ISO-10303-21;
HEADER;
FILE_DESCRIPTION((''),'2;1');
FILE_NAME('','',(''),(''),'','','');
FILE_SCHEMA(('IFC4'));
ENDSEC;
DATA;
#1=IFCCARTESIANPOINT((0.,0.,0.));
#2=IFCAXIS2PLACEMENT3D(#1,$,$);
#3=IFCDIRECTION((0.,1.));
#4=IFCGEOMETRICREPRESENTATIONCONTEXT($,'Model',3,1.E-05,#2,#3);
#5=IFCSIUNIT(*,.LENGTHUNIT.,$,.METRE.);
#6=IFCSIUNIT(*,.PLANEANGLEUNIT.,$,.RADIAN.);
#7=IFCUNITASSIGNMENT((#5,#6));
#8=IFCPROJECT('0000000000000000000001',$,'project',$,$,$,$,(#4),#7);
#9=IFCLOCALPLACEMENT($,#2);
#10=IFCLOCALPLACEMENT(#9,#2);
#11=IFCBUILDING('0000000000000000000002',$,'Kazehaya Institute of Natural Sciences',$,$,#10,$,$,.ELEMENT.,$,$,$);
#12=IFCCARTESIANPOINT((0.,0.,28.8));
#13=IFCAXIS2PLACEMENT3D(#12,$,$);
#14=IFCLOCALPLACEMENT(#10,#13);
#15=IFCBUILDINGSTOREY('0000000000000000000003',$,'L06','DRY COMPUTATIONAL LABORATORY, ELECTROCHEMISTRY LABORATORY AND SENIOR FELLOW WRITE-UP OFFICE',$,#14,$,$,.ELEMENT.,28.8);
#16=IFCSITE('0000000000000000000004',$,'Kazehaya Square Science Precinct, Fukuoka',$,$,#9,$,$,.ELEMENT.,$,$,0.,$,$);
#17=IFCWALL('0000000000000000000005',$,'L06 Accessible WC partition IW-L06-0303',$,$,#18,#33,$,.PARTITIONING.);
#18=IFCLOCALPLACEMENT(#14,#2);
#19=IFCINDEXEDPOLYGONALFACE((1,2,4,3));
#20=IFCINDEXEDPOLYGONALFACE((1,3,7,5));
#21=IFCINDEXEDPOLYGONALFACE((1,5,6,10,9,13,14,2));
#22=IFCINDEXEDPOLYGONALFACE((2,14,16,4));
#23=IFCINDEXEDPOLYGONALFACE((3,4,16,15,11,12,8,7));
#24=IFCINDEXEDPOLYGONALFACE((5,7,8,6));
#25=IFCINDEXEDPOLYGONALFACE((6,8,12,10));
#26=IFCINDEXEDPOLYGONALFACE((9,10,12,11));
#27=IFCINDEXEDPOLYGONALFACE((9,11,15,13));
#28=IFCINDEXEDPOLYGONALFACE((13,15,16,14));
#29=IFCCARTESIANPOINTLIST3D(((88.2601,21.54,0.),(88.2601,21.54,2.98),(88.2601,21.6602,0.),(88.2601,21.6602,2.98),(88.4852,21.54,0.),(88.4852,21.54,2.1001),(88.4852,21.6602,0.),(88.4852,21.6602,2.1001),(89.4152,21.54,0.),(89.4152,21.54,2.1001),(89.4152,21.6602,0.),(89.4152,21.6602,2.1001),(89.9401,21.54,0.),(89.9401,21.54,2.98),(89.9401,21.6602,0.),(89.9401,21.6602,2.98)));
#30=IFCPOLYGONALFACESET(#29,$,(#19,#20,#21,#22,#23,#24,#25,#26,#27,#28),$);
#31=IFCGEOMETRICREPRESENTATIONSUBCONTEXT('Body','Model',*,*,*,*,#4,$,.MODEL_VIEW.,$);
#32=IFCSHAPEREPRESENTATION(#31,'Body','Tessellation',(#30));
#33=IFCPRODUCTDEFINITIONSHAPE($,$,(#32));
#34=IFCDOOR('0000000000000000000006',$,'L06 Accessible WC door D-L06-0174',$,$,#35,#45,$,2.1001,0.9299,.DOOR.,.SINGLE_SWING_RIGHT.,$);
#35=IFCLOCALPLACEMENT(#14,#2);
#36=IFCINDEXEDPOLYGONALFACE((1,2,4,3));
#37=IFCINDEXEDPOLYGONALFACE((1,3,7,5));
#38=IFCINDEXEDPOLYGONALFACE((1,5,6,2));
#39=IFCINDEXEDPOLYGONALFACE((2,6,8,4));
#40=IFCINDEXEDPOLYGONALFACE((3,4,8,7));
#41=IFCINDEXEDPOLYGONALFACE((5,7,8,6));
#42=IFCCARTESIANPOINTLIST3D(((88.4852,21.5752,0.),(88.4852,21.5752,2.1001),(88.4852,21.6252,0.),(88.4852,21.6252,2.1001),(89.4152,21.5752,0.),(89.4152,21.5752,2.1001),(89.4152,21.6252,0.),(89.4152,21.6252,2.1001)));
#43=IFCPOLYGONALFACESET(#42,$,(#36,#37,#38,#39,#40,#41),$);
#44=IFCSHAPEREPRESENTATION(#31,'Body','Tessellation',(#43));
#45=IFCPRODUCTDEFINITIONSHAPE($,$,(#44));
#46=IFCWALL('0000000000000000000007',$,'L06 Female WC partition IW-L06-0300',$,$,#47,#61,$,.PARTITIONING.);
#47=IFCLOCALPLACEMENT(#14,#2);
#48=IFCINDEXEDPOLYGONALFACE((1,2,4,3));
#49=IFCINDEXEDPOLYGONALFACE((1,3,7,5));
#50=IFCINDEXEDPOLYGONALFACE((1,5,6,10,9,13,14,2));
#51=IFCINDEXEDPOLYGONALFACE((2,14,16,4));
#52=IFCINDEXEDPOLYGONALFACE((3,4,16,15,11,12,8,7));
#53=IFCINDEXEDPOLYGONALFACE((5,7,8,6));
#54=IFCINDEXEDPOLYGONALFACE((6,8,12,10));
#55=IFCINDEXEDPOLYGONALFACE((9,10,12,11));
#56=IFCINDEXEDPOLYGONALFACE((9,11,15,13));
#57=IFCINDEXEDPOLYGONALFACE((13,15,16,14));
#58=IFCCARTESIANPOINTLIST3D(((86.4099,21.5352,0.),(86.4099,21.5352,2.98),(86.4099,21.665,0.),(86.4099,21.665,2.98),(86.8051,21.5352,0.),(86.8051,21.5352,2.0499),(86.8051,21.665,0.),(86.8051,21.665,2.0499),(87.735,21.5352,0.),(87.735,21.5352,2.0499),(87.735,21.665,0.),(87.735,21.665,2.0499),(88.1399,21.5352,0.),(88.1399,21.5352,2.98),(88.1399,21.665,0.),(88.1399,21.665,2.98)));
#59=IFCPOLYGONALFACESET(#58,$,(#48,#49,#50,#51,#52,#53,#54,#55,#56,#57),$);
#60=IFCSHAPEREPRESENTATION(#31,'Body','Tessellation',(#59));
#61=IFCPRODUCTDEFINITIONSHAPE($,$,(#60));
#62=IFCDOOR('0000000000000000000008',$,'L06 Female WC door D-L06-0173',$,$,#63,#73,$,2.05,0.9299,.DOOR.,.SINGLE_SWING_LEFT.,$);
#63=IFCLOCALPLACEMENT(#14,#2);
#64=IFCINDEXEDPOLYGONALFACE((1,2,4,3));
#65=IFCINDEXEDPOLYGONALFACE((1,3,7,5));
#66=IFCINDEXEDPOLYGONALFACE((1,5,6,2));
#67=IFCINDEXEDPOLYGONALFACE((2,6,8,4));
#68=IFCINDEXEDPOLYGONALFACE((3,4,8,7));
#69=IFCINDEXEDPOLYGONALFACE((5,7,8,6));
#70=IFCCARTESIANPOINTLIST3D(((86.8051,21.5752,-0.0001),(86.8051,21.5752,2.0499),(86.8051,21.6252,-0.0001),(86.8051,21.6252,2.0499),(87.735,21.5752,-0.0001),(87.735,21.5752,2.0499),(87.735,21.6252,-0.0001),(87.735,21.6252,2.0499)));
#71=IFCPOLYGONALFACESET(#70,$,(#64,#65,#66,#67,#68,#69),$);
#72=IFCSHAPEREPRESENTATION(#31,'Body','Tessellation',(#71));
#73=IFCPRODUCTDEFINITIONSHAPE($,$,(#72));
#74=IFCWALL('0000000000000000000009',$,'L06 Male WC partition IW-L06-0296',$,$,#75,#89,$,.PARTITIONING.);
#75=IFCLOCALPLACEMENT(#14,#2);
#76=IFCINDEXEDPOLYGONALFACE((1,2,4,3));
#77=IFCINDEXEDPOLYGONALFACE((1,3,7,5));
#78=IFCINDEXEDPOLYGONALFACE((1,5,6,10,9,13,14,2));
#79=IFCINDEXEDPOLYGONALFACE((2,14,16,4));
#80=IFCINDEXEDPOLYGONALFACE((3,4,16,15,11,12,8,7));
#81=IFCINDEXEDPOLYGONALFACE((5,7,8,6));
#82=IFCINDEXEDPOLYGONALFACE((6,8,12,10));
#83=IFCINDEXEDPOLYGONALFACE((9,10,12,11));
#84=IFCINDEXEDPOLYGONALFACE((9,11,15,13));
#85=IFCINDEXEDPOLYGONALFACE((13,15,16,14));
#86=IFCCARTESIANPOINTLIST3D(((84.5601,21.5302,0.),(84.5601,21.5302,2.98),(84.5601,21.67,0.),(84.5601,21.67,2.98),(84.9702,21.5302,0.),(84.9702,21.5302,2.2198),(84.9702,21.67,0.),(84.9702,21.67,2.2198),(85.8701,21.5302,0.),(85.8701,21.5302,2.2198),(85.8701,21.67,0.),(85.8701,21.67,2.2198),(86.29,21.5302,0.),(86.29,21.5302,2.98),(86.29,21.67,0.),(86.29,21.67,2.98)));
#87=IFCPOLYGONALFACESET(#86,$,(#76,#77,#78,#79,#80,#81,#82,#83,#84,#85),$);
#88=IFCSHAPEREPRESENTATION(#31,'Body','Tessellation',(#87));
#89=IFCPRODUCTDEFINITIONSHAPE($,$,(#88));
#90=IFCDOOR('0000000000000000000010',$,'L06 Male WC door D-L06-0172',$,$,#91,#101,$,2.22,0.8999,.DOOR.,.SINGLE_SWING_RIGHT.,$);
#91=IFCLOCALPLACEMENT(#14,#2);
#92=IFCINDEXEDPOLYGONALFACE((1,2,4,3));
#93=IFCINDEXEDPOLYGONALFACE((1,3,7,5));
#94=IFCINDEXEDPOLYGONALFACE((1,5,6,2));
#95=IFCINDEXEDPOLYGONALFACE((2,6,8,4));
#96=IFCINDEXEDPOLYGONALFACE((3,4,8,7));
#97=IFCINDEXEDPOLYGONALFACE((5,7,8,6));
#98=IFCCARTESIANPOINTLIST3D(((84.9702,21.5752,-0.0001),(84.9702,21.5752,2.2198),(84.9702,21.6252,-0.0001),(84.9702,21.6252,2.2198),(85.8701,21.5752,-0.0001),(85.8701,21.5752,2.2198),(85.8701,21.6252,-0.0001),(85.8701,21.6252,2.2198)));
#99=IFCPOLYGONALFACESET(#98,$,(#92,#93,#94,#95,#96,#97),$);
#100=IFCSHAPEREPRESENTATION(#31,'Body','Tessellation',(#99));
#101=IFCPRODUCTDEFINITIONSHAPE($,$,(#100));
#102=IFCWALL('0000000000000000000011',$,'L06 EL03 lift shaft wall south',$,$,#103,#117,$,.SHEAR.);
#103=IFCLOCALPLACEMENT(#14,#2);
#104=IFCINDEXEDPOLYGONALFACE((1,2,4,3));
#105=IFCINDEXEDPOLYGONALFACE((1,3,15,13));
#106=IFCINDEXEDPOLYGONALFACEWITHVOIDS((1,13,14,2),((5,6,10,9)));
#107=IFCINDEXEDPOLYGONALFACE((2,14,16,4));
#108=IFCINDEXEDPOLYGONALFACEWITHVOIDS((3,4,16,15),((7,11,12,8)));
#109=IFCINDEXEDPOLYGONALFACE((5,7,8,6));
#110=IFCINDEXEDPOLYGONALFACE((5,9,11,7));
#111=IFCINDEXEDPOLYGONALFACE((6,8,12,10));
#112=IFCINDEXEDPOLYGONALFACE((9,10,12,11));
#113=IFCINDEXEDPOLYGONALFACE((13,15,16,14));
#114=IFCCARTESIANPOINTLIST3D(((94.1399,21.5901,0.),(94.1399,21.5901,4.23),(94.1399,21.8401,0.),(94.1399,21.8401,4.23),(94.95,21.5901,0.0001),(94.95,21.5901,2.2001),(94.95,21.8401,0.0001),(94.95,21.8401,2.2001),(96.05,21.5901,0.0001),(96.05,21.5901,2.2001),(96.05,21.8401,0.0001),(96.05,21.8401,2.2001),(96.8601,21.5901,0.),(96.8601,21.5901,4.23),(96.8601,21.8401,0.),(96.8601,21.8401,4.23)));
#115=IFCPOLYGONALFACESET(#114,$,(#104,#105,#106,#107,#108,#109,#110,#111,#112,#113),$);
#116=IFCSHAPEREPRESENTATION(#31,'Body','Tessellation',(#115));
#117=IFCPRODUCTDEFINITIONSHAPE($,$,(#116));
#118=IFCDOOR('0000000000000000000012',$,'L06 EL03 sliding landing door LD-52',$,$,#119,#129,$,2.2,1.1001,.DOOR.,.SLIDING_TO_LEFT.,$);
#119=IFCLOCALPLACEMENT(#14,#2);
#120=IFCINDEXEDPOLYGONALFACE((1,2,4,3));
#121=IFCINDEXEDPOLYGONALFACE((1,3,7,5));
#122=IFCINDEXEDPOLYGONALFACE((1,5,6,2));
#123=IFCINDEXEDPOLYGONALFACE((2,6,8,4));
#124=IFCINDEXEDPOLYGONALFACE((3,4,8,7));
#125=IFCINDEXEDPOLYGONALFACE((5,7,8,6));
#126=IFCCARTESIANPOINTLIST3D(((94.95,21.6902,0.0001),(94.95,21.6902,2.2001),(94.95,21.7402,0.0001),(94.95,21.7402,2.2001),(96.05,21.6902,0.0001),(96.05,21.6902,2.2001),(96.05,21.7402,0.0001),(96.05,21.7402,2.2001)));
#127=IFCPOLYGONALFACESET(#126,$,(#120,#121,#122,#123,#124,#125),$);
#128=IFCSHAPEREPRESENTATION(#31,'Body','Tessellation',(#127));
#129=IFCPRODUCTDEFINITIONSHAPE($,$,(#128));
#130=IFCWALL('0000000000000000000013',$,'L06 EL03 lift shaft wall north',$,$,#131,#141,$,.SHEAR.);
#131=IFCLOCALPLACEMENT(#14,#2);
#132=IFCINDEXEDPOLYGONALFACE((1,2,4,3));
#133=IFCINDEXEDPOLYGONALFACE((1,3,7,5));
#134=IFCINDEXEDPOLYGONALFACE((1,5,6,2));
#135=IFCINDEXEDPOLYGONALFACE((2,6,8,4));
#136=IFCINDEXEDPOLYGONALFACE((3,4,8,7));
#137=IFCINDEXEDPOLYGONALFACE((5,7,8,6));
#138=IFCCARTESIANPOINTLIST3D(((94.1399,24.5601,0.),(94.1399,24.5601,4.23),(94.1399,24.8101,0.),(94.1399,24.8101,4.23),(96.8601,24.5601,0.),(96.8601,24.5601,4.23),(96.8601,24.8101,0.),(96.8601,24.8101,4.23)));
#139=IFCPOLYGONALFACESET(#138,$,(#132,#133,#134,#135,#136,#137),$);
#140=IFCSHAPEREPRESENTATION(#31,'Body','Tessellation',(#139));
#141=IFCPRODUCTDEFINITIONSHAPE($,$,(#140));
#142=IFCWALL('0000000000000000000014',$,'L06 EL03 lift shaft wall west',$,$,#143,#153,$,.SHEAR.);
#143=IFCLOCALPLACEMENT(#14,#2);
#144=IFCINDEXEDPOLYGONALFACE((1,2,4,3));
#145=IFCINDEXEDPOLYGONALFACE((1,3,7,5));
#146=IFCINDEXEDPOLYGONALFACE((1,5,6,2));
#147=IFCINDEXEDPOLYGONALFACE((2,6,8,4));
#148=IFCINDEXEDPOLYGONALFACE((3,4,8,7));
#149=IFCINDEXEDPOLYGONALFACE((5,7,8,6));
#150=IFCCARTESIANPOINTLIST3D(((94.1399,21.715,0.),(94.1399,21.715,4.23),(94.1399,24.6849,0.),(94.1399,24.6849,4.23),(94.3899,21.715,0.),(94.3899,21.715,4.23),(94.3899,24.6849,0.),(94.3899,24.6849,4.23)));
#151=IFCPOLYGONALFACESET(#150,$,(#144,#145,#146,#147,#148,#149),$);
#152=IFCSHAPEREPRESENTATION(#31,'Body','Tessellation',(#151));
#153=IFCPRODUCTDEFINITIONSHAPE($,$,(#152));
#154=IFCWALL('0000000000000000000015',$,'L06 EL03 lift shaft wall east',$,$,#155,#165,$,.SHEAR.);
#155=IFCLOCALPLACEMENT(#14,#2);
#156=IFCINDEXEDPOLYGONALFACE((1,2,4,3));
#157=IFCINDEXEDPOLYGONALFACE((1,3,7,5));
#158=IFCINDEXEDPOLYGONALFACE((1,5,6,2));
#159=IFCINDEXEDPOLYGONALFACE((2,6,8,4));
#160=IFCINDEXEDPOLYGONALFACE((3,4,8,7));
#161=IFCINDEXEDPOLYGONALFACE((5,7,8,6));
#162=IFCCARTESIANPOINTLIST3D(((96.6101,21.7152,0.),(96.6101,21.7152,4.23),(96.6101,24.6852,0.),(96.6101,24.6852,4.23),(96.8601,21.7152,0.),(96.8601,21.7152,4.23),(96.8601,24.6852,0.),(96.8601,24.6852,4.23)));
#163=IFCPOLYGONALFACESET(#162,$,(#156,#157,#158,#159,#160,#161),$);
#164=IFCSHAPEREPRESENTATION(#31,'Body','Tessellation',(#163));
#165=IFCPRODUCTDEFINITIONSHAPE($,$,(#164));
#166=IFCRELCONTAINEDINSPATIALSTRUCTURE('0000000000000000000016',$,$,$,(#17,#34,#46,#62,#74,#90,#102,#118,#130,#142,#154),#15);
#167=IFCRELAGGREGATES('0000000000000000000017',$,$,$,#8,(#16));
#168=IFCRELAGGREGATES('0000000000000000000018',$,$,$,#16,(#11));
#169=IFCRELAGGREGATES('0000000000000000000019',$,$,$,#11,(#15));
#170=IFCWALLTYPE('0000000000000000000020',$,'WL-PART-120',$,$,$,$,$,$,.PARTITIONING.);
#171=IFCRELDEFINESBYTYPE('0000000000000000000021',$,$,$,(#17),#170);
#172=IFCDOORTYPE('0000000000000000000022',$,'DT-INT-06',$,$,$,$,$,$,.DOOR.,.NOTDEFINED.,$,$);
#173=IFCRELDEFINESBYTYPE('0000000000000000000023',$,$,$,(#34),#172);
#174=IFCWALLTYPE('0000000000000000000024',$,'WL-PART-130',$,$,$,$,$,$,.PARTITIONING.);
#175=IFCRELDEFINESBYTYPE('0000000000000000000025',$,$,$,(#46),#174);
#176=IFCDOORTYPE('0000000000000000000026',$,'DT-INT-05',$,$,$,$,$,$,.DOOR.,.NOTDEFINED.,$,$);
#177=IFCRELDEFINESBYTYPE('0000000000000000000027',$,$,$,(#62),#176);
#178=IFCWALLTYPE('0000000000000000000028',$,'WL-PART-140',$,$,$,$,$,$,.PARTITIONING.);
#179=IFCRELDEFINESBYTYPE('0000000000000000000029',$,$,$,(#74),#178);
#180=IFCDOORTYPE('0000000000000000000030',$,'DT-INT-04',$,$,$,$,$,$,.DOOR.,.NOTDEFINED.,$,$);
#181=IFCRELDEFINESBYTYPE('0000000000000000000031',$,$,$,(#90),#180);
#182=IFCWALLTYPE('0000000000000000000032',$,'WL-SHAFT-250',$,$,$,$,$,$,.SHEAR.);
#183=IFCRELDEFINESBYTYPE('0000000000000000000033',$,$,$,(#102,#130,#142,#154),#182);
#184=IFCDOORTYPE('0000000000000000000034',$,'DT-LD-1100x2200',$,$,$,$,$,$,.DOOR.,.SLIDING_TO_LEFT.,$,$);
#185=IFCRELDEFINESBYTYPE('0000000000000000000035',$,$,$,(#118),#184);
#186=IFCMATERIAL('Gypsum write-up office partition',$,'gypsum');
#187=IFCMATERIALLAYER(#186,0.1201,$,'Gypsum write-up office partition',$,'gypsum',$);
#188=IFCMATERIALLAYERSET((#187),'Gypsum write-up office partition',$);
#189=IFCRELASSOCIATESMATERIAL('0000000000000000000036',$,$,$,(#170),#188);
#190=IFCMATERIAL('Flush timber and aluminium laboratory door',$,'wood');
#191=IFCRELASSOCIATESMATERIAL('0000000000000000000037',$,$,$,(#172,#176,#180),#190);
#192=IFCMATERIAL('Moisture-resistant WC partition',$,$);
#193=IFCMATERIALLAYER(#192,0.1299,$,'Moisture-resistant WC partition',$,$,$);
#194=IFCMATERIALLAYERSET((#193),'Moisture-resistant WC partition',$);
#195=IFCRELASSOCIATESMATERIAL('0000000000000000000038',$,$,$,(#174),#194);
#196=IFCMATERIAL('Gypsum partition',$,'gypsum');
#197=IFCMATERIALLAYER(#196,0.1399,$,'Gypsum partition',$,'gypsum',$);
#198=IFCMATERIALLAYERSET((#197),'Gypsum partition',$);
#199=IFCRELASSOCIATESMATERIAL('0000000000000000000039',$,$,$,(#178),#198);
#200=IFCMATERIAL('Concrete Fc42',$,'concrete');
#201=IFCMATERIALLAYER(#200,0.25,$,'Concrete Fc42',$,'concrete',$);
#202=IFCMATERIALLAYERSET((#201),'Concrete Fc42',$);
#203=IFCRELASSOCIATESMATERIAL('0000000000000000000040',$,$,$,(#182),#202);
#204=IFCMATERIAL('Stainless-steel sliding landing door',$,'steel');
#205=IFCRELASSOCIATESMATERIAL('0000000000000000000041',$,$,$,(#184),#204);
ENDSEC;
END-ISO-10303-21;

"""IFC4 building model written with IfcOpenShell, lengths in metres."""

from ifc_helpers import new_model, si_unit, direction, frame, frame_2d, origin, place, context, subcontext, project, spatial, rectangle, extrude, material, layer, layer_set, type_object, element, fill, save


model = new_model("IFC4")

# Units and contexts
model_context = context("Model", 3, precision=1e-05, world=origin(), true_north=direction((0.0, 1.0)))
body_context = subcontext(model_context, "Body", "Model", "MODEL_VIEW")
ifc_project = project(units=[si_unit("LENGTHUNIT", "METRE"), si_unit("PLANEANGLEUNIT", "RADIAN")], contexts=[model_context])

# Site, building, storey
site_placement = place(None, origin())
site = spatial("IfcSite", under=ifc_project, at=site_placement, Name="Kazehaya Square Science Precinct, Fukuoka", CompositionType="ELEMENT", RefElevation=0.0)
building_placement = place(site_placement, origin())
building = spatial("IfcBuilding", under=site, at=building_placement, Name="Kazehaya Institute of Natural Sciences", CompositionType="ELEMENT")
storey_placement = place(building_placement, frame((0.0, 0.0, 28.8)))
storey = spatial("IfcBuildingStorey", under=building, at=storey_placement, Name="L06", Description="DRY COMPUTATIONAL LABORATORY, ELECTROCHEMISTRY LABORATORY AND SENIOR FELLOW WRITE-UP OFFICE", CompositionType="ELEMENT", Elevation=28.8)

# Shared definitions
ifc_material_1 = material(Name="Flush timber and aluminium laboratory door", Category="wood")

# Walls, openings, doors
ifc_material_2 = material(Name="Gypsum write-up office partition", Category="gypsum")
ifc_layer_1 = layer(ifc_material_2, 0.1201, Name="Gypsum write-up office partition", Category="gypsum")
ifc_layer_set_1 = layer_set([ifc_layer_1], Name="Gypsum write-up office partition")
wall_type_1 = type_object("IfcWallType", Name="WL-PART-120", PredefinedType="PARTITIONING", material=ifc_layer_set_1)
wall_1_placement = place(storey_placement, frame((89.9399, 21.6001, 0.0), z_axis=(0.0, 0.0, 1.0), x_axis=(-1.0, 0.0, 0.0)))
wall_1 = element("IfcWall", 1, at=wall_1_placement, inside=storey, type_object=wall_type_1, Name="L06 Accessible WC partition IW-L06-0303", PredefinedType="PARTITIONING", context=body_context, shape_type="SweptSolid", body=[
    extrude(rectangle(XDim=1.6799, YDim=0.1201, at=frame_2d((0.8398, 0.0))), origin(), (0.0, 0.0, 1.0), 2.98),
])
opening_1_placement = place(wall_1_placement, frame((0.5249, 0.0, 0.0)))
opening_1 = element("IfcOpeningElement", 2, at=opening_1_placement, cuts=wall_1, PredefinedType="OPENING", context=body_context, shape_type="SweptSolid", body=[
    extrude(rectangle(XDim=0.9299, YDim=2.1001, at=frame_2d((0.4648, 1.05))), frame((0.0, 0.0701, 0.0), z_axis=(0.0, -1.0, 0.0), x_axis=(1.0, 0.0, 0.0)), (0.0, 0.0, 1.0), 0.1401),
])
door_type_1 = type_object("IfcDoorType", Name="DT-INT-06", OperationType="NOTDEFINED", PredefinedType="DOOR", material=ifc_material_1)
door_1_placement = place(opening_1_placement, origin())
door_1 = element("IfcDoor", 3, at=door_1_placement, inside=storey, type_object=door_type_1, Name="L06 Accessible WC door D-L06-0174", OperationType="SINGLE_SWING_RIGHT", OverallHeight=2.1001, OverallWidth=0.9299, PredefinedType="DOOR", context=body_context, shape_type="SweptSolid", body=[
    extrude(rectangle(XDim=0.9299, YDim=2.1001, at=frame_2d((0.4648, 1.05))), frame((0.0, 0.0249, 0.0), z_axis=(0.0, -1.0, 0.0), x_axis=(1.0, 0.0, 0.0)), (0.0, 0.0, 1.0), 0.05),
])
fill(opening_1, door_1)
ifc_material_3 = material(Name="Moisture-resistant WC partition")
ifc_layer_2 = layer(ifc_material_3, 0.1299, Name="Moisture-resistant WC partition")
ifc_layer_set_2 = layer_set([ifc_layer_2], Name="Moisture-resistant WC partition")
wall_type_2 = type_object("IfcWallType", Name="WL-PART-130", PredefinedType="PARTITIONING", material=ifc_layer_set_2)
wall_2_placement = place(storey_placement, frame((88.1399, 21.6001, 0.0), z_axis=(0.0, 0.0, 1.0), x_axis=(-1.0, 0.0, 0.0)))
wall_2 = element("IfcWall", 4, at=wall_2_placement, inside=storey, type_object=wall_type_2, Name="L06 Female WC partition IW-L06-0300", PredefinedType="PARTITIONING", context=body_context, shape_type="SweptSolid", body=[
    extrude(rectangle(XDim=1.73, YDim=0.1299, at=frame_2d((0.865, 0.0))), origin(), (0.0, 0.0, 1.0), 2.98),
])
opening_2_placement = place(wall_2_placement, frame((0.405, 0.0, 0.0)))
opening_2 = element("IfcOpeningElement", 5, at=opening_2_placement, cuts=wall_2, PredefinedType="OPENING", context=body_context, shape_type="SweptSolid", body=[
    extrude(rectangle(XDim=0.9299, YDim=2.05, at=frame_2d((0.4648, 1.0249))), frame((0.0, 0.075, 0.0), z_axis=(0.0, -1.0, 0.0), x_axis=(1.0, 0.0, 0.0)), (0.0, 0.0, 1.0), 0.1499),
])
door_type_2 = type_object("IfcDoorType", Name="DT-INT-05", OperationType="NOTDEFINED", PredefinedType="DOOR", material=ifc_material_1)
door_2_placement = place(opening_2_placement, origin())
door_2 = element("IfcDoor", 6, at=door_2_placement, inside=storey, type_object=door_type_2, Name="L06 Female WC door D-L06-0173", OperationType="SINGLE_SWING_LEFT", OverallHeight=2.05, OverallWidth=0.9299, PredefinedType="DOOR", context=body_context, shape_type="SweptSolid", body=[
    extrude(rectangle(XDim=0.9299, YDim=2.05, at=frame_2d((0.4648, 1.0249))), frame((0.0, 0.0249, 0.0), z_axis=(0.0, -1.0, 0.0), x_axis=(1.0, 0.0, 0.0)), (0.0, 0.0, 1.0), 0.05),
])
fill(opening_2, door_2)
ifc_material_4 = material(Name="Gypsum partition", Category="gypsum")
ifc_layer_3 = layer(ifc_material_4, 0.1399, Name="Gypsum partition", Category="gypsum")
ifc_layer_set_3 = layer_set([ifc_layer_3], Name="Gypsum partition")
wall_type_3 = type_object("IfcWallType", Name="WL-PART-140", PredefinedType="PARTITIONING", material=ifc_layer_set_3)
wall_3_placement = place(storey_placement, frame((86.29, 21.6001, 0.0), z_axis=(0.0, 0.0, 1.0), x_axis=(-1.0, 0.0, 0.0)))
wall_3 = element("IfcWall", 7, at=wall_3_placement, inside=storey, type_object=wall_type_3, Name="L06 Male WC partition IW-L06-0296", PredefinedType="PARTITIONING", context=body_context, shape_type="SweptSolid", body=[
    extrude(rectangle(XDim=1.73, YDim=0.1399, at=frame_2d((0.865, 0.0))), origin(), (0.0, 0.0, 1.0), 2.98),
])
opening_3_placement = place(wall_3_placement, frame((0.4199, 0.0, 0.0)))
opening_3 = element("IfcOpeningElement", 8, at=opening_3_placement, cuts=wall_3, PredefinedType="OPENING", context=body_context, shape_type="SweptSolid", body=[
    extrude(rectangle(XDim=0.8999, YDim=2.22, at=frame_2d((0.45, 1.1099))), frame((0.0, 0.0798, 0.0), z_axis=(0.0, -1.0, 0.0), x_axis=(1.0, 0.0, 0.0)), (0.0, 0.0, 1.0), 0.1599),
])
door_type_3 = type_object("IfcDoorType", Name="DT-INT-04", OperationType="NOTDEFINED", PredefinedType="DOOR", material=ifc_material_1)
door_3_placement = place(opening_3_placement, origin())
door_3 = element("IfcDoor", 9, at=door_3_placement, inside=storey, type_object=door_type_3, Name="L06 Male WC door D-L06-0172", OperationType="SINGLE_SWING_RIGHT", OverallHeight=2.22, OverallWidth=0.8999, PredefinedType="DOOR", context=body_context, shape_type="SweptSolid", body=[
    extrude(rectangle(XDim=0.8999, YDim=2.22, at=frame_2d((0.45, 1.1099))), frame((0.0, 0.0249, 0.0), z_axis=(0.0, -1.0, 0.0), x_axis=(1.0, 0.0, 0.0)), (0.0, 0.0, 1.0), 0.05),
])
fill(opening_3, door_3)
ifc_material_5 = material(Name="Concrete Fc42", Category="concrete")
ifc_layer_4 = layer(ifc_material_5, 0.25, Name="Concrete Fc42", Category="concrete")
ifc_layer_set_4 = layer_set([ifc_layer_4], Name="Concrete Fc42")
wall_type_4 = type_object("IfcWallType", Name="WL-SHAFT-250", PredefinedType="SHEAR", material=ifc_layer_set_4)
wall_4_placement = place(storey_placement, frame((96.8601, 21.7151, 0.0), z_axis=(0.0, 0.0, 1.0), x_axis=(-1.0, 0.0, 0.0)))
wall_4 = element("IfcWall", 10, at=wall_4_placement, inside=storey, type_object=wall_type_4, Name="L06 EL03 lift shaft wall south", PredefinedType="SHEAR", context=body_context, shape_type="SweptSolid", body=[
    extrude(rectangle(XDim=2.7202, YDim=0.25, at=frame_2d((1.3601, 0.0))), origin(), (0.0, 0.0, 1.0), 4.23),
])
opening_4_placement = place(wall_4_placement, frame((0.8101, 0.0, 0.0)))
opening_4 = element("IfcOpeningElement", 11, at=opening_4_placement, cuts=wall_4, PredefinedType="OPENING", context=body_context, shape_type="SweptSolid", body=[
    extrude(rectangle(XDim=1.1001, YDim=2.2, at=frame_2d((0.55, 1.1001))), frame((0.0, 0.135, 0.0), z_axis=(0.0, -1.0, 0.0), x_axis=(1.0, 0.0, 0.0)), (0.0, 0.0, 1.0), 0.27),
])
ifc_material_6 = material(Name="Stainless-steel sliding landing door", Category="steel")
door_type_4 = type_object("IfcDoorType", Name="DT-LD-1100x2200", OperationType="SLIDING_TO_LEFT", PredefinedType="DOOR", material=ifc_material_6)
door_4_placement = place(opening_4_placement, origin())
door_4 = element("IfcDoor", 12, at=door_4_placement, inside=storey, type_object=door_type_4, Name="L06 EL03 sliding landing door LD-52", OperationType="SLIDING_TO_LEFT", OverallHeight=2.2, OverallWidth=1.1001, PredefinedType="DOOR", context=body_context, shape_type="SweptSolid", body=[
    extrude(rectangle(XDim=1.1001, YDim=2.2, at=frame_2d((0.55, 1.1001))), frame((0.0, 0.0249, 0.0), z_axis=(0.0, -1.0, 0.0), x_axis=(1.0, 0.0, 0.0)), (0.0, 0.0, 1.0), 0.05),
])
fill(opening_4, door_4)

# Walls
wall_5_placement = place(storey_placement, frame((94.1399, 24.6851, 0.0), z_axis=(0.0, 0.0, 1.0), x_axis=(1.0, 0.0, 0.0)))
element("IfcWall", 13, at=wall_5_placement, inside=storey, type_object=wall_type_4, Name="L06 EL03 lift shaft wall north", PredefinedType="SHEAR", context=body_context, shape_type="SweptSolid", body=[
    extrude(rectangle(XDim=2.7202, YDim=0.25, at=frame_2d((1.3601, 0.0))), origin(), (0.0, 0.0, 1.0), 4.23),
])
for number, where, z_axis, x_axis, name in (
    (14, (94.2649, 21.7151, 0.0), (0.0, 0.0, 1.0), (0.0, 1.0, 0.0), "L06 EL03 lift shaft wall west"),
    (15, (96.7351, 24.6851, 0.0), (0.0, 0.0, 1.0), (0.0, -1.0, 0.0), "L06 EL03 lift shaft wall east"),
):
    element("IfcWall", number, at=place(storey_placement, frame(where, z_axis=z_axis, x_axis=x_axis)), inside=storey, type_object=wall_type_4, Name=name, PredefinedType="SHEAR", context=body_context, shape_type="SweptSolid", body=[
        extrude(rectangle(XDim=2.97, YDim=0.25, at=frame_2d((1.4849, 0.0))), origin(), (0.0, 0.0, 1.0), 4.23),
    ])

save(model, "model.ifc")
